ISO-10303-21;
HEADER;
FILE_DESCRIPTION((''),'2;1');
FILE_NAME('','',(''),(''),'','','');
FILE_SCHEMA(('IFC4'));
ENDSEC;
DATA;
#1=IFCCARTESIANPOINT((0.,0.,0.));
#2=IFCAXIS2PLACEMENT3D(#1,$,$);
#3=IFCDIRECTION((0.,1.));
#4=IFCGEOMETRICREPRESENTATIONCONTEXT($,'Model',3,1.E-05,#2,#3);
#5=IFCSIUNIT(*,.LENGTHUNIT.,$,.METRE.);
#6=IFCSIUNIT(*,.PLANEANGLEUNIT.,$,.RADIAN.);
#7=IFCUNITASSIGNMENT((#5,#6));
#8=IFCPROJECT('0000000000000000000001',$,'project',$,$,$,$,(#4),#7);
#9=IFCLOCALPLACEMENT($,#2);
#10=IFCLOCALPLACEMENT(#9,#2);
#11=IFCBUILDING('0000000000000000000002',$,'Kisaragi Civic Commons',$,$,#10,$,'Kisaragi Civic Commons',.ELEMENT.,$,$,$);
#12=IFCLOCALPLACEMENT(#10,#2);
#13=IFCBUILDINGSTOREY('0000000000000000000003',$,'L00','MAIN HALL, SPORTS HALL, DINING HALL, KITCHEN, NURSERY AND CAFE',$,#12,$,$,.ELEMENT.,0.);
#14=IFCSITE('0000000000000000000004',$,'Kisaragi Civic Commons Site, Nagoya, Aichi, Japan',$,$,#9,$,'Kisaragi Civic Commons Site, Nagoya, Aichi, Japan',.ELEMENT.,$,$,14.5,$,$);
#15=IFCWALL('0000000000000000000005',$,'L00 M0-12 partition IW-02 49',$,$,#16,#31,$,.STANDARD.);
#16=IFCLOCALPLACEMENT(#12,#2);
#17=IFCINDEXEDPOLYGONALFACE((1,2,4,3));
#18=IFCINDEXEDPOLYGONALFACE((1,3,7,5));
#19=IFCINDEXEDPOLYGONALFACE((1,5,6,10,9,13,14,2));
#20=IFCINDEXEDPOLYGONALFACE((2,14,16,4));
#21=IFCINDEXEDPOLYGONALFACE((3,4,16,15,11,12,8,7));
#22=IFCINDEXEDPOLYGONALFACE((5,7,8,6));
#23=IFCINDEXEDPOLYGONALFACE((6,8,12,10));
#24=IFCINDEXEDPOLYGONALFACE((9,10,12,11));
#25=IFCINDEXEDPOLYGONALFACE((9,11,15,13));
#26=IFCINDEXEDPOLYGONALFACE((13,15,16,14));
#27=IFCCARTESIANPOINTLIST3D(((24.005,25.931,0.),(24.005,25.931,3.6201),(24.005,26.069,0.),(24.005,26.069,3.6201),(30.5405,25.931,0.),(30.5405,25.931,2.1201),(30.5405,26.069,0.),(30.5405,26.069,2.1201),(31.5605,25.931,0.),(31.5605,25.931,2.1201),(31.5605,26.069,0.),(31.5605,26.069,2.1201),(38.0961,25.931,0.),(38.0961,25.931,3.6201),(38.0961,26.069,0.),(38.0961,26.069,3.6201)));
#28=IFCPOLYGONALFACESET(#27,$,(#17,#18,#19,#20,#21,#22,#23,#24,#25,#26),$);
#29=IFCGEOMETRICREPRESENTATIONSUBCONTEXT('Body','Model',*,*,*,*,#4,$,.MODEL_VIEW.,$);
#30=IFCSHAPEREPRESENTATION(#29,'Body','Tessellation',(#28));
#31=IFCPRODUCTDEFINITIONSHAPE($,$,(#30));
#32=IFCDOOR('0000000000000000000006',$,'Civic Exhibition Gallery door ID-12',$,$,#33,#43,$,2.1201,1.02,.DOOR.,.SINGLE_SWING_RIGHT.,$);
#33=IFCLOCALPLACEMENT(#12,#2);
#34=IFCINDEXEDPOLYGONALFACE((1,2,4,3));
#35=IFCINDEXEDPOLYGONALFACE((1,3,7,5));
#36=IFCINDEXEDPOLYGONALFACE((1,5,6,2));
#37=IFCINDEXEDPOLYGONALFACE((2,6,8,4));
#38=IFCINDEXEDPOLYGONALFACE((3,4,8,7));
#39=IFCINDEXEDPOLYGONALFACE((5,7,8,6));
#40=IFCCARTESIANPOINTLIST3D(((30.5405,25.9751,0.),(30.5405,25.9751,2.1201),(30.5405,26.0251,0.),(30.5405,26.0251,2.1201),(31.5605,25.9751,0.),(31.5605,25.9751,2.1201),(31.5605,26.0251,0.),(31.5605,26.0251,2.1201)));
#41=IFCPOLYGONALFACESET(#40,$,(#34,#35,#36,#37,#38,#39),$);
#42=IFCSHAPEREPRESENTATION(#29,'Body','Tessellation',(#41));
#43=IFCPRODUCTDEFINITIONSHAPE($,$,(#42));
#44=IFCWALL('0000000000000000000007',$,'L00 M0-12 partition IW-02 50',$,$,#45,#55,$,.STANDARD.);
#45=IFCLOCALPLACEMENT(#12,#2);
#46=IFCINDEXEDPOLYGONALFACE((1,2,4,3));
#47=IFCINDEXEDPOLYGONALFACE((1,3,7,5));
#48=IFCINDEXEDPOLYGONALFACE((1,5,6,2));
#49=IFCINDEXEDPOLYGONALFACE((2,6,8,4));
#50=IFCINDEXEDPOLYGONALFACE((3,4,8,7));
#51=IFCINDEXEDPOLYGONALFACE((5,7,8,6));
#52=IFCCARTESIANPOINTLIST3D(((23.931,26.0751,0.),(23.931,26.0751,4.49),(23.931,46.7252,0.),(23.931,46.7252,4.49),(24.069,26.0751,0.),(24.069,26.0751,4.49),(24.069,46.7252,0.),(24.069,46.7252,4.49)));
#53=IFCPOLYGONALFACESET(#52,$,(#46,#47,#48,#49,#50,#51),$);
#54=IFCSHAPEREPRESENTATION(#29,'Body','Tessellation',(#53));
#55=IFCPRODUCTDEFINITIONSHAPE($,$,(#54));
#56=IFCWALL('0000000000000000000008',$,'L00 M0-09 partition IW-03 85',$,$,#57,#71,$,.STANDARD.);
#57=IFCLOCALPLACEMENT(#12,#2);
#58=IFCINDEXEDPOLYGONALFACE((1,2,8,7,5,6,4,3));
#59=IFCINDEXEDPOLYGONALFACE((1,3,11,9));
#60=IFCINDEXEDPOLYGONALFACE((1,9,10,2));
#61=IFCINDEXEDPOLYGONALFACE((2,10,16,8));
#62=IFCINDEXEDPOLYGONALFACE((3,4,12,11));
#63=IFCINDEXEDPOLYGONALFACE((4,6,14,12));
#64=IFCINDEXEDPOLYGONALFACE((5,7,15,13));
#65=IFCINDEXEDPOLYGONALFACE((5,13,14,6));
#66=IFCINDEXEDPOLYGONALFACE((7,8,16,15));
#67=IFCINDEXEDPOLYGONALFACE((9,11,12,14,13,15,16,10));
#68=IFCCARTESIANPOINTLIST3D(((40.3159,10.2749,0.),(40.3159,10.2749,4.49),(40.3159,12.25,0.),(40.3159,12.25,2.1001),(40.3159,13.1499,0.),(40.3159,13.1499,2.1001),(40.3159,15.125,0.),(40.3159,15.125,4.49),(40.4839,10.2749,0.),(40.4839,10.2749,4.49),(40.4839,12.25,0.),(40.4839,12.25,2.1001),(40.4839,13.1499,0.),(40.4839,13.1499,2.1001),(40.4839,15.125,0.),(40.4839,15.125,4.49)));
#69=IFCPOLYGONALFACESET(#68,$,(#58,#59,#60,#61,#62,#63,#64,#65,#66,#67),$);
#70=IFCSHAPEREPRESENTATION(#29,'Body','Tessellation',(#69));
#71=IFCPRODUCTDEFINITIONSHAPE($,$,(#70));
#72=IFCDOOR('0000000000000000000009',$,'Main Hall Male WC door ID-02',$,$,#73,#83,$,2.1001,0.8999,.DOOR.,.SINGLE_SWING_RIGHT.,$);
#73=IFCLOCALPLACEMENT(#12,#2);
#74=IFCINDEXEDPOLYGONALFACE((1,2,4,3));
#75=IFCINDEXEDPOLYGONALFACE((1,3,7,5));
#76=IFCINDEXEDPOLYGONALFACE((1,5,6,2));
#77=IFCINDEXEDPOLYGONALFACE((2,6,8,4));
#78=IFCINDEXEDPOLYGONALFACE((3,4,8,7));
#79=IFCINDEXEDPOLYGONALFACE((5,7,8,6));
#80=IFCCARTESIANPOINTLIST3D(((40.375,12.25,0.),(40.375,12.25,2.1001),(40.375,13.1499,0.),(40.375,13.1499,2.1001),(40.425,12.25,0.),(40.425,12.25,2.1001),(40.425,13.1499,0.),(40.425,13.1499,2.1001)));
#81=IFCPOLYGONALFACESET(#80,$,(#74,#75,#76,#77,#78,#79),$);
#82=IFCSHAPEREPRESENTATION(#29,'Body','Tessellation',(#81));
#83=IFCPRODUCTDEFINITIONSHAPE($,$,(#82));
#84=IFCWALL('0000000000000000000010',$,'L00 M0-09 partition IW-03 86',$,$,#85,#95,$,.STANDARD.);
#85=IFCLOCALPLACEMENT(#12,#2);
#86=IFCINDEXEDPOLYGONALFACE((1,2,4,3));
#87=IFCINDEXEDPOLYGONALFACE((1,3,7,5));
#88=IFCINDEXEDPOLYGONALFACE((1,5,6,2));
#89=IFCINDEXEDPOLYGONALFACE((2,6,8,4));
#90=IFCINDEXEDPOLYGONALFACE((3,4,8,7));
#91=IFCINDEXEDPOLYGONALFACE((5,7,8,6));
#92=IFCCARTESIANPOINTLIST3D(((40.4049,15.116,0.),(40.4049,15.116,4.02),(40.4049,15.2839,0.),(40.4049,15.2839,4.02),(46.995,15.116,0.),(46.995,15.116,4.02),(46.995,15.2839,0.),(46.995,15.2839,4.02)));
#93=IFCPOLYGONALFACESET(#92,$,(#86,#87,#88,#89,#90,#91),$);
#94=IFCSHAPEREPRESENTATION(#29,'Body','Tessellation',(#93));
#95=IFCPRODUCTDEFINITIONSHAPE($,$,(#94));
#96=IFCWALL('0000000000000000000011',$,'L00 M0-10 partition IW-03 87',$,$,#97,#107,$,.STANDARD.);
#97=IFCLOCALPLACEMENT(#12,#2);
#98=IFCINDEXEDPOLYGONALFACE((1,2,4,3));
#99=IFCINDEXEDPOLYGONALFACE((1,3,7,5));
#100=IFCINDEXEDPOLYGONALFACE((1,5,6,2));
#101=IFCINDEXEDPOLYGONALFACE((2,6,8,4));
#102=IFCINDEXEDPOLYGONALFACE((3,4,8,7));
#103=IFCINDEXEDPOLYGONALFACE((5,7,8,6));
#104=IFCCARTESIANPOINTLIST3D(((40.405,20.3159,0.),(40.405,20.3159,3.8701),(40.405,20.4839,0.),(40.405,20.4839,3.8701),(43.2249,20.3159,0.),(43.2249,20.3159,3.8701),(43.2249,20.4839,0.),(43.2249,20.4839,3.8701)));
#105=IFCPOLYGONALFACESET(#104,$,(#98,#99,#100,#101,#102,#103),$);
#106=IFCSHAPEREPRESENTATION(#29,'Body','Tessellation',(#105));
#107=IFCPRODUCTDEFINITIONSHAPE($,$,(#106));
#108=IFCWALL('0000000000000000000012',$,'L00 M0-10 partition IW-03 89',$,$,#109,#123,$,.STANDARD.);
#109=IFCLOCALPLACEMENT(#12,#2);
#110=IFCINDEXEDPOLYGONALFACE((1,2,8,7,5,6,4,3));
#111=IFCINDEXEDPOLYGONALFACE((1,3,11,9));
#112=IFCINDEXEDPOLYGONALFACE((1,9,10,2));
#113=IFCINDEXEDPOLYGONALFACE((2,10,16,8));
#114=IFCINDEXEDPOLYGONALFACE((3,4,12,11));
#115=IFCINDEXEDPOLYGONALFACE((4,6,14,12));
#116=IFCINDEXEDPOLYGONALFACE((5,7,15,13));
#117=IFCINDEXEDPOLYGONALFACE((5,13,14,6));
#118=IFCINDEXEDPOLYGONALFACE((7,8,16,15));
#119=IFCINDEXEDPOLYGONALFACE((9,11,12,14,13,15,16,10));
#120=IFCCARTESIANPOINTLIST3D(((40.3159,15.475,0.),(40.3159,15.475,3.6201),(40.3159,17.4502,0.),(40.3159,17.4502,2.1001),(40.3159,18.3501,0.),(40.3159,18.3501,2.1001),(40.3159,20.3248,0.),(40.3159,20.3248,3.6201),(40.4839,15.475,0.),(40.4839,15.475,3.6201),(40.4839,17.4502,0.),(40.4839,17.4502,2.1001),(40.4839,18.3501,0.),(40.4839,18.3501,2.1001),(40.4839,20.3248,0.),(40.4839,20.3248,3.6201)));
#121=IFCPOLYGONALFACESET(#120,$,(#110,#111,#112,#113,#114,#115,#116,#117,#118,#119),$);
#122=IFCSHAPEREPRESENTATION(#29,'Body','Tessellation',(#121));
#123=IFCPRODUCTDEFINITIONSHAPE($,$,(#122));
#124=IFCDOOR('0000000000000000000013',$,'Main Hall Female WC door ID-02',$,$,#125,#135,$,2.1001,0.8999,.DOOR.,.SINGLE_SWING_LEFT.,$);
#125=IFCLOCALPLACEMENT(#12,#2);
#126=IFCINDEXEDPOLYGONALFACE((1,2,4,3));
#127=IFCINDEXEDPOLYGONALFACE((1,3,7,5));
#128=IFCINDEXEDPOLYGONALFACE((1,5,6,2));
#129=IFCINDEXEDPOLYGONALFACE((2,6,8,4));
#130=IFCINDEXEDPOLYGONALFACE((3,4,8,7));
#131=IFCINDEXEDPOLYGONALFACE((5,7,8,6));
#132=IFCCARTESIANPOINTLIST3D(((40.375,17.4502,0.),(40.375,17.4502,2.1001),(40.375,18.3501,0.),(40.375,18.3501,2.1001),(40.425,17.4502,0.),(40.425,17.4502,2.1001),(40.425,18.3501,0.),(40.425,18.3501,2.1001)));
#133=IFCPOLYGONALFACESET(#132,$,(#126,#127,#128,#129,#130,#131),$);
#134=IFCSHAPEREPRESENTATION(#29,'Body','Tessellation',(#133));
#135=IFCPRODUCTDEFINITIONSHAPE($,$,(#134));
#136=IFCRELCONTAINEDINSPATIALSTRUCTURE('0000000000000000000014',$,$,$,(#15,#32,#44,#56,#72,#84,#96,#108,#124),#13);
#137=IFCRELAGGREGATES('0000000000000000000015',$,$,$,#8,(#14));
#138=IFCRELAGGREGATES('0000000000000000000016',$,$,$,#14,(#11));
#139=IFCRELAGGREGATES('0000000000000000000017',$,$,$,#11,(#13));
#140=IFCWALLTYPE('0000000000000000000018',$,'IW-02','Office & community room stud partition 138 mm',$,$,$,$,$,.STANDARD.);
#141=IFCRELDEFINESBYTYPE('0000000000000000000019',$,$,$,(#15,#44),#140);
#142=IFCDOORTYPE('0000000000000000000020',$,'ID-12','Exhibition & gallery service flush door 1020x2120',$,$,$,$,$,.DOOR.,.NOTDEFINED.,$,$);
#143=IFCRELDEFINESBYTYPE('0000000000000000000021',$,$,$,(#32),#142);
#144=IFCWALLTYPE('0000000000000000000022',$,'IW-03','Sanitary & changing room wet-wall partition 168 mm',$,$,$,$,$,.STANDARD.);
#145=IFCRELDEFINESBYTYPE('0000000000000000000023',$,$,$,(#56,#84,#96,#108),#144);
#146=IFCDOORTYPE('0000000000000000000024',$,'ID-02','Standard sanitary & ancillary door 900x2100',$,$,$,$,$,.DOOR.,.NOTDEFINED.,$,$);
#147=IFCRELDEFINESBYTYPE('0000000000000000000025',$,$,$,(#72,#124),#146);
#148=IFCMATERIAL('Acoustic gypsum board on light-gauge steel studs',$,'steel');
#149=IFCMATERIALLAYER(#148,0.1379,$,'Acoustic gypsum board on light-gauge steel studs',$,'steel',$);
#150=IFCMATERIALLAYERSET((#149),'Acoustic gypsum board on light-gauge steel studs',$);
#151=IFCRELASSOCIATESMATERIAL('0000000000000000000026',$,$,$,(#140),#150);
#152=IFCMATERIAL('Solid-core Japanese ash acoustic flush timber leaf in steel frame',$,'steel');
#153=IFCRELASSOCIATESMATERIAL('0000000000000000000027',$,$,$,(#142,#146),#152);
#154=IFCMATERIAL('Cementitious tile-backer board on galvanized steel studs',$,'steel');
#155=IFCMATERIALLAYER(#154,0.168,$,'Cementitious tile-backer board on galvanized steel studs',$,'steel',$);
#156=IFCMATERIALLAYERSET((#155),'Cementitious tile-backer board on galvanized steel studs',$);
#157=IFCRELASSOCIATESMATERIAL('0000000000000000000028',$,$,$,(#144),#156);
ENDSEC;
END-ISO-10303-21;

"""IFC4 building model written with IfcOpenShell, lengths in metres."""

from ifc_helpers import new_model, si_unit, direction, frame, frame_2d, origin, place, context, subcontext, project, spatial, rectangle, extrude, material, layer, layer_set, type_object, element, fill, save


model = new_model("IFC4")

# Units and contexts
model_context = context("Model", 3, precision=1e-05, world=origin(), true_north=direction((0.0, 1.0)))
body_context = subcontext(model_context, "Body", "Model", "MODEL_VIEW")
ifc_project = project(units=[si_unit("LENGTHUNIT", "METRE"), si_unit("PLANEANGLEUNIT", "RADIAN")], contexts=[model_context])

# Site, building, storey
site_placement = place(None, origin())
site = spatial("IfcSite", under=ifc_project, at=site_placement, Name="Kisaragi Civic Commons Site, Nagoya, Aichi, Japan", LongName="Kisaragi Civic Commons Site, Nagoya, Aichi, Japan", CompositionType="ELEMENT", RefElevation=14.5)
building_placement = place(site_placement, origin())
building = spatial("IfcBuilding", under=site, at=building_placement, Name="Kisaragi Civic Commons", LongName="Kisaragi Civic Commons", CompositionType="ELEMENT")
storey_placement = place(building_placement, origin())
storey = spatial("IfcBuildingStorey", under=building, at=storey_placement, Name="L00", Description="MAIN HALL, SPORTS HALL, DINING HALL, KITCHEN, NURSERY AND CAFE", CompositionType="ELEMENT", Elevation=0.0)

# Wall, opening, door
ifc_material_1 = material(Name="Acoustic gypsum board on light-gauge steel studs", Category="steel")
ifc_layer_1 = layer(ifc_material_1, 0.1379, Name="Acoustic gypsum board on light-gauge steel studs", Category="steel")
ifc_layer_set_1 = layer_set([ifc_layer_1], Name="Acoustic gypsum board on light-gauge steel studs")
wall_type_1 = type_object("IfcWallType", Name="IW-02", Description="Office & community room stud partition 138 mm", PredefinedType="STANDARD", material=ifc_layer_set_1)
wall_1_placement = place(storey_placement, frame((38.0959, 26.0, 0.0), z_axis=(0.0, 0.0, 1.0), x_axis=(-1.0, 0.0, 0.0)))
wall_1 = element("IfcWall", 1, at=wall_1_placement, inside=storey, type_object=wall_type_1, Name="L00 M0-12 partition IW-02 49", PredefinedType="STANDARD", context=body_context, shape_type="SweptSolid", body=[
    extrude(rectangle(XDim=14.0911, YDim=0.1379, at=frame_2d((7.0454, 0.0))), origin(), (0.0, 0.0, 1.0), 3.6201),
])
opening_1_placement = place(wall_1_placement, frame((6.5354, 0.0, 0.0)))
opening_1 = element("IfcOpeningElement", 2, at=opening_1_placement, cuts=wall_1, PredefinedType="OPENING", context=body_context, shape_type="SweptSolid", body=[
    extrude(rectangle(XDim=1.02, YDim=2.1201, at=frame_2d((0.51, 1.0601))), frame((0.0, 0.0789, 0.0), z_axis=(0.0, -1.0, 0.0), x_axis=(1.0, 0.0, 0.0)), (0.0, 0.0, 1.0), 0.158),
])
ifc_material_2 = material(Name="Solid-core Japanese ash acoustic flush timber leaf in steel frame", Category="steel")
door_type_1 = type_object("IfcDoorType", Name="ID-12", Description="Exhibition & gallery service flush door 1020x2120", OperationType="NOTDEFINED", PredefinedType="DOOR", material=ifc_material_2)
door_1_placement = place(opening_1_placement, origin())
door_1 = element("IfcDoor", 3, at=door_1_placement, inside=storey, type_object=door_type_1, Name="Civic Exhibition Gallery door ID-12", OperationType="SINGLE_SWING_RIGHT", OverallHeight=2.1201, OverallWidth=1.02, PredefinedType="DOOR", context=body_context, shape_type="SweptSolid", body=[
    extrude(rectangle(XDim=1.02, YDim=2.1201, at=frame_2d((0.51, 1.0601))), frame((0.0, 0.0249, 0.0), z_axis=(0.0, -1.0, 0.0), x_axis=(1.0, 0.0, 0.0)), (0.0, 0.0, 1.0), 0.05),
])
fill(opening_1, door_1)

# Wall
wall_2_placement = place(storey_placement, frame((24.0, 26.075, 0.0), z_axis=(0.0, 0.0, 1.0), x_axis=(0.0, 1.0, 0.0)))
element("IfcWall", 4, at=wall_2_placement, inside=storey, type_object=wall_type_1, Name="L00 M0-12 partition IW-02 50", PredefinedType="STANDARD", context=body_context, shape_type="SweptSolid", body=[
    extrude(rectangle(XDim=20.6501, YDim=0.1379, at=frame_2d((10.3252, 0.0))), origin(), (0.0, 0.0, 1.0), 4.49),
])

# Wall, opening, door
ifc_material_3 = material(Name="Cementitious tile-backer board on galvanized steel studs", Category="steel")
ifc_layer_2 = layer(ifc_material_3, 0.168, Name="Cementitious tile-backer board on galvanized steel studs", Category="steel")
ifc_layer_set_2 = layer_set([ifc_layer_2], Name="Cementitious tile-backer board on galvanized steel studs")
wall_type_2 = type_object("IfcWallType", Name="IW-03", Description="Sanitary & changing room wet-wall partition 168 mm", PredefinedType="STANDARD", material=ifc_layer_set_2)
wall_3_placement = place(storey_placement, frame((40.3999, 10.2749, 0.0), z_axis=(0.0, 0.0, 1.0), x_axis=(0.0, 1.0, 0.0)))
wall_3 = element("IfcWall", 5, at=wall_3_placement, inside=storey, type_object=wall_type_2, Name="L00 M0-09 partition IW-03 85", PredefinedType="STANDARD", context=body_context, shape_type="SweptSolid", body=[
    extrude(rectangle(XDim=4.8501, YDim=0.168, at=frame_2d((2.425, 0.0))), origin(), (0.0, 0.0, 1.0), 4.49),
])
opening_2_placement = place(wall_3_placement, frame((1.9751, 0.0, 0.0)))
opening_2 = element("IfcOpeningElement", 6, at=opening_2_placement, cuts=wall_3, PredefinedType="OPENING", context=body_context, shape_type="SweptSolid", body=[
    extrude(rectangle(XDim=0.8999, YDim=2.1001, at=frame_2d((0.45, 1.05))), frame((0.0, 0.094, 0.0), z_axis=(0.0, -1.0, 0.0), x_axis=(1.0, 0.0, 0.0)), (0.0, 0.0, 1.0), 0.188),
])
door_type_2 = type_object("IfcDoorType", Name="ID-02", Description="Standard sanitary & ancillary door 900x2100", OperationType="NOTDEFINED", PredefinedType="DOOR", material=ifc_material_2)
door_2_placement = place(opening_2_placement, origin())
door_2 = element("IfcDoor", 7, at=door_2_placement, inside=storey, type_object=door_type_2, Name="Main Hall Male WC door ID-02", OperationType="SINGLE_SWING_RIGHT", OverallHeight=2.1001, OverallWidth=0.8999, PredefinedType="DOOR", context=body_context, shape_type="SweptSolid", body=[
    extrude(rectangle(XDim=0.8999, YDim=2.1001, at=frame_2d((0.45, 1.05))), frame((0.0, 0.0249, 0.0), z_axis=(0.0, -1.0, 0.0), x_axis=(1.0, 0.0, 0.0)), (0.0, 0.0, 1.0), 0.05),
])
fill(opening_2, door_2)

# Walls
wall_4_placement = place(storey_placement, frame((40.405, 15.2, 0.0), z_axis=(0.0, 0.0, 1.0), x_axis=(1.0, 0.0, 0.0)))
element("IfcWall", 8, at=wall_4_placement, inside=storey, type_object=wall_type_2, Name="L00 M0-09 partition IW-03 86", PredefinedType="STANDARD", context=body_context, shape_type="SweptSolid", body=[
    extrude(rectangle(XDim=6.5901, YDim=0.168, at=frame_2d((3.2949, 0.0))), origin(), (0.0, 0.0, 1.0), 4.02),
])
wall_5_placement = place(storey_placement, frame((40.405, 20.3999, 0.0), z_axis=(0.0, 0.0, 1.0), x_axis=(1.0, 0.0, 0.0)))
element("IfcWall", 9, at=wall_5_placement, inside=storey, type_object=wall_type_2, Name="L00 M0-10 partition IW-03 87", PredefinedType="STANDARD", context=body_context, shape_type="SweptSolid", body=[
    extrude(rectangle(XDim=2.8198, YDim=0.168, at=frame_2d((1.4099, 0.0))), origin(), (0.0, 0.0, 1.0), 3.8701),
])

# Wall, opening, door
wall_6_placement = place(storey_placement, frame((40.3999, 15.4751, 0.0), z_axis=(0.0, 0.0, 1.0), x_axis=(0.0, 1.0, 0.0)))
wall_6 = element("IfcWall", 10, at=wall_6_placement, inside=storey, type_object=wall_type_2, Name="L00 M0-10 partition IW-03 89", PredefinedType="STANDARD", context=body_context, shape_type="SweptSolid", body=[
    extrude(rectangle(XDim=4.8499, YDim=0.168, at=frame_2d((2.4248, 0.0))), origin(), (0.0, 0.0, 1.0), 3.6201),
])
opening_3_placement = place(wall_6_placement, frame((1.9751, 0.0, 0.0)))
opening_3 = element("IfcOpeningElement", 11, at=opening_3_placement, cuts=wall_6, PredefinedType="OPENING", context=body_context, shape_type="SweptSolid", body=[
    extrude(rectangle(XDim=0.8999, YDim=2.1001, at=frame_2d((0.45, 1.05))), frame((0.0, 0.094, 0.0), z_axis=(0.0, -1.0, 0.0), x_axis=(1.0, 0.0, 0.0)), (0.0, 0.0, 1.0), 0.188),
])
door_3_placement = place(opening_3_placement, origin())
door_3 = element("IfcDoor", 12, at=door_3_placement, inside=storey, type_object=door_type_2, Name="Main Hall Female WC door ID-02", OperationType="SINGLE_SWING_LEFT", OverallHeight=2.1001, OverallWidth=0.8999, PredefinedType="DOOR", context=body_context, shape_type="SweptSolid", body=[
    extrude(rectangle(XDim=0.8999, YDim=2.1001, at=frame_2d((0.45, 1.05))), frame((0.0, 0.0249, 0.0), z_axis=(0.0, -1.0, 0.0), x_axis=(1.0, 0.0, 0.0)), (0.0, 0.0, 1.0), 0.05),
])
fill(opening_3, door_3)

save(model, "model.ifc")
